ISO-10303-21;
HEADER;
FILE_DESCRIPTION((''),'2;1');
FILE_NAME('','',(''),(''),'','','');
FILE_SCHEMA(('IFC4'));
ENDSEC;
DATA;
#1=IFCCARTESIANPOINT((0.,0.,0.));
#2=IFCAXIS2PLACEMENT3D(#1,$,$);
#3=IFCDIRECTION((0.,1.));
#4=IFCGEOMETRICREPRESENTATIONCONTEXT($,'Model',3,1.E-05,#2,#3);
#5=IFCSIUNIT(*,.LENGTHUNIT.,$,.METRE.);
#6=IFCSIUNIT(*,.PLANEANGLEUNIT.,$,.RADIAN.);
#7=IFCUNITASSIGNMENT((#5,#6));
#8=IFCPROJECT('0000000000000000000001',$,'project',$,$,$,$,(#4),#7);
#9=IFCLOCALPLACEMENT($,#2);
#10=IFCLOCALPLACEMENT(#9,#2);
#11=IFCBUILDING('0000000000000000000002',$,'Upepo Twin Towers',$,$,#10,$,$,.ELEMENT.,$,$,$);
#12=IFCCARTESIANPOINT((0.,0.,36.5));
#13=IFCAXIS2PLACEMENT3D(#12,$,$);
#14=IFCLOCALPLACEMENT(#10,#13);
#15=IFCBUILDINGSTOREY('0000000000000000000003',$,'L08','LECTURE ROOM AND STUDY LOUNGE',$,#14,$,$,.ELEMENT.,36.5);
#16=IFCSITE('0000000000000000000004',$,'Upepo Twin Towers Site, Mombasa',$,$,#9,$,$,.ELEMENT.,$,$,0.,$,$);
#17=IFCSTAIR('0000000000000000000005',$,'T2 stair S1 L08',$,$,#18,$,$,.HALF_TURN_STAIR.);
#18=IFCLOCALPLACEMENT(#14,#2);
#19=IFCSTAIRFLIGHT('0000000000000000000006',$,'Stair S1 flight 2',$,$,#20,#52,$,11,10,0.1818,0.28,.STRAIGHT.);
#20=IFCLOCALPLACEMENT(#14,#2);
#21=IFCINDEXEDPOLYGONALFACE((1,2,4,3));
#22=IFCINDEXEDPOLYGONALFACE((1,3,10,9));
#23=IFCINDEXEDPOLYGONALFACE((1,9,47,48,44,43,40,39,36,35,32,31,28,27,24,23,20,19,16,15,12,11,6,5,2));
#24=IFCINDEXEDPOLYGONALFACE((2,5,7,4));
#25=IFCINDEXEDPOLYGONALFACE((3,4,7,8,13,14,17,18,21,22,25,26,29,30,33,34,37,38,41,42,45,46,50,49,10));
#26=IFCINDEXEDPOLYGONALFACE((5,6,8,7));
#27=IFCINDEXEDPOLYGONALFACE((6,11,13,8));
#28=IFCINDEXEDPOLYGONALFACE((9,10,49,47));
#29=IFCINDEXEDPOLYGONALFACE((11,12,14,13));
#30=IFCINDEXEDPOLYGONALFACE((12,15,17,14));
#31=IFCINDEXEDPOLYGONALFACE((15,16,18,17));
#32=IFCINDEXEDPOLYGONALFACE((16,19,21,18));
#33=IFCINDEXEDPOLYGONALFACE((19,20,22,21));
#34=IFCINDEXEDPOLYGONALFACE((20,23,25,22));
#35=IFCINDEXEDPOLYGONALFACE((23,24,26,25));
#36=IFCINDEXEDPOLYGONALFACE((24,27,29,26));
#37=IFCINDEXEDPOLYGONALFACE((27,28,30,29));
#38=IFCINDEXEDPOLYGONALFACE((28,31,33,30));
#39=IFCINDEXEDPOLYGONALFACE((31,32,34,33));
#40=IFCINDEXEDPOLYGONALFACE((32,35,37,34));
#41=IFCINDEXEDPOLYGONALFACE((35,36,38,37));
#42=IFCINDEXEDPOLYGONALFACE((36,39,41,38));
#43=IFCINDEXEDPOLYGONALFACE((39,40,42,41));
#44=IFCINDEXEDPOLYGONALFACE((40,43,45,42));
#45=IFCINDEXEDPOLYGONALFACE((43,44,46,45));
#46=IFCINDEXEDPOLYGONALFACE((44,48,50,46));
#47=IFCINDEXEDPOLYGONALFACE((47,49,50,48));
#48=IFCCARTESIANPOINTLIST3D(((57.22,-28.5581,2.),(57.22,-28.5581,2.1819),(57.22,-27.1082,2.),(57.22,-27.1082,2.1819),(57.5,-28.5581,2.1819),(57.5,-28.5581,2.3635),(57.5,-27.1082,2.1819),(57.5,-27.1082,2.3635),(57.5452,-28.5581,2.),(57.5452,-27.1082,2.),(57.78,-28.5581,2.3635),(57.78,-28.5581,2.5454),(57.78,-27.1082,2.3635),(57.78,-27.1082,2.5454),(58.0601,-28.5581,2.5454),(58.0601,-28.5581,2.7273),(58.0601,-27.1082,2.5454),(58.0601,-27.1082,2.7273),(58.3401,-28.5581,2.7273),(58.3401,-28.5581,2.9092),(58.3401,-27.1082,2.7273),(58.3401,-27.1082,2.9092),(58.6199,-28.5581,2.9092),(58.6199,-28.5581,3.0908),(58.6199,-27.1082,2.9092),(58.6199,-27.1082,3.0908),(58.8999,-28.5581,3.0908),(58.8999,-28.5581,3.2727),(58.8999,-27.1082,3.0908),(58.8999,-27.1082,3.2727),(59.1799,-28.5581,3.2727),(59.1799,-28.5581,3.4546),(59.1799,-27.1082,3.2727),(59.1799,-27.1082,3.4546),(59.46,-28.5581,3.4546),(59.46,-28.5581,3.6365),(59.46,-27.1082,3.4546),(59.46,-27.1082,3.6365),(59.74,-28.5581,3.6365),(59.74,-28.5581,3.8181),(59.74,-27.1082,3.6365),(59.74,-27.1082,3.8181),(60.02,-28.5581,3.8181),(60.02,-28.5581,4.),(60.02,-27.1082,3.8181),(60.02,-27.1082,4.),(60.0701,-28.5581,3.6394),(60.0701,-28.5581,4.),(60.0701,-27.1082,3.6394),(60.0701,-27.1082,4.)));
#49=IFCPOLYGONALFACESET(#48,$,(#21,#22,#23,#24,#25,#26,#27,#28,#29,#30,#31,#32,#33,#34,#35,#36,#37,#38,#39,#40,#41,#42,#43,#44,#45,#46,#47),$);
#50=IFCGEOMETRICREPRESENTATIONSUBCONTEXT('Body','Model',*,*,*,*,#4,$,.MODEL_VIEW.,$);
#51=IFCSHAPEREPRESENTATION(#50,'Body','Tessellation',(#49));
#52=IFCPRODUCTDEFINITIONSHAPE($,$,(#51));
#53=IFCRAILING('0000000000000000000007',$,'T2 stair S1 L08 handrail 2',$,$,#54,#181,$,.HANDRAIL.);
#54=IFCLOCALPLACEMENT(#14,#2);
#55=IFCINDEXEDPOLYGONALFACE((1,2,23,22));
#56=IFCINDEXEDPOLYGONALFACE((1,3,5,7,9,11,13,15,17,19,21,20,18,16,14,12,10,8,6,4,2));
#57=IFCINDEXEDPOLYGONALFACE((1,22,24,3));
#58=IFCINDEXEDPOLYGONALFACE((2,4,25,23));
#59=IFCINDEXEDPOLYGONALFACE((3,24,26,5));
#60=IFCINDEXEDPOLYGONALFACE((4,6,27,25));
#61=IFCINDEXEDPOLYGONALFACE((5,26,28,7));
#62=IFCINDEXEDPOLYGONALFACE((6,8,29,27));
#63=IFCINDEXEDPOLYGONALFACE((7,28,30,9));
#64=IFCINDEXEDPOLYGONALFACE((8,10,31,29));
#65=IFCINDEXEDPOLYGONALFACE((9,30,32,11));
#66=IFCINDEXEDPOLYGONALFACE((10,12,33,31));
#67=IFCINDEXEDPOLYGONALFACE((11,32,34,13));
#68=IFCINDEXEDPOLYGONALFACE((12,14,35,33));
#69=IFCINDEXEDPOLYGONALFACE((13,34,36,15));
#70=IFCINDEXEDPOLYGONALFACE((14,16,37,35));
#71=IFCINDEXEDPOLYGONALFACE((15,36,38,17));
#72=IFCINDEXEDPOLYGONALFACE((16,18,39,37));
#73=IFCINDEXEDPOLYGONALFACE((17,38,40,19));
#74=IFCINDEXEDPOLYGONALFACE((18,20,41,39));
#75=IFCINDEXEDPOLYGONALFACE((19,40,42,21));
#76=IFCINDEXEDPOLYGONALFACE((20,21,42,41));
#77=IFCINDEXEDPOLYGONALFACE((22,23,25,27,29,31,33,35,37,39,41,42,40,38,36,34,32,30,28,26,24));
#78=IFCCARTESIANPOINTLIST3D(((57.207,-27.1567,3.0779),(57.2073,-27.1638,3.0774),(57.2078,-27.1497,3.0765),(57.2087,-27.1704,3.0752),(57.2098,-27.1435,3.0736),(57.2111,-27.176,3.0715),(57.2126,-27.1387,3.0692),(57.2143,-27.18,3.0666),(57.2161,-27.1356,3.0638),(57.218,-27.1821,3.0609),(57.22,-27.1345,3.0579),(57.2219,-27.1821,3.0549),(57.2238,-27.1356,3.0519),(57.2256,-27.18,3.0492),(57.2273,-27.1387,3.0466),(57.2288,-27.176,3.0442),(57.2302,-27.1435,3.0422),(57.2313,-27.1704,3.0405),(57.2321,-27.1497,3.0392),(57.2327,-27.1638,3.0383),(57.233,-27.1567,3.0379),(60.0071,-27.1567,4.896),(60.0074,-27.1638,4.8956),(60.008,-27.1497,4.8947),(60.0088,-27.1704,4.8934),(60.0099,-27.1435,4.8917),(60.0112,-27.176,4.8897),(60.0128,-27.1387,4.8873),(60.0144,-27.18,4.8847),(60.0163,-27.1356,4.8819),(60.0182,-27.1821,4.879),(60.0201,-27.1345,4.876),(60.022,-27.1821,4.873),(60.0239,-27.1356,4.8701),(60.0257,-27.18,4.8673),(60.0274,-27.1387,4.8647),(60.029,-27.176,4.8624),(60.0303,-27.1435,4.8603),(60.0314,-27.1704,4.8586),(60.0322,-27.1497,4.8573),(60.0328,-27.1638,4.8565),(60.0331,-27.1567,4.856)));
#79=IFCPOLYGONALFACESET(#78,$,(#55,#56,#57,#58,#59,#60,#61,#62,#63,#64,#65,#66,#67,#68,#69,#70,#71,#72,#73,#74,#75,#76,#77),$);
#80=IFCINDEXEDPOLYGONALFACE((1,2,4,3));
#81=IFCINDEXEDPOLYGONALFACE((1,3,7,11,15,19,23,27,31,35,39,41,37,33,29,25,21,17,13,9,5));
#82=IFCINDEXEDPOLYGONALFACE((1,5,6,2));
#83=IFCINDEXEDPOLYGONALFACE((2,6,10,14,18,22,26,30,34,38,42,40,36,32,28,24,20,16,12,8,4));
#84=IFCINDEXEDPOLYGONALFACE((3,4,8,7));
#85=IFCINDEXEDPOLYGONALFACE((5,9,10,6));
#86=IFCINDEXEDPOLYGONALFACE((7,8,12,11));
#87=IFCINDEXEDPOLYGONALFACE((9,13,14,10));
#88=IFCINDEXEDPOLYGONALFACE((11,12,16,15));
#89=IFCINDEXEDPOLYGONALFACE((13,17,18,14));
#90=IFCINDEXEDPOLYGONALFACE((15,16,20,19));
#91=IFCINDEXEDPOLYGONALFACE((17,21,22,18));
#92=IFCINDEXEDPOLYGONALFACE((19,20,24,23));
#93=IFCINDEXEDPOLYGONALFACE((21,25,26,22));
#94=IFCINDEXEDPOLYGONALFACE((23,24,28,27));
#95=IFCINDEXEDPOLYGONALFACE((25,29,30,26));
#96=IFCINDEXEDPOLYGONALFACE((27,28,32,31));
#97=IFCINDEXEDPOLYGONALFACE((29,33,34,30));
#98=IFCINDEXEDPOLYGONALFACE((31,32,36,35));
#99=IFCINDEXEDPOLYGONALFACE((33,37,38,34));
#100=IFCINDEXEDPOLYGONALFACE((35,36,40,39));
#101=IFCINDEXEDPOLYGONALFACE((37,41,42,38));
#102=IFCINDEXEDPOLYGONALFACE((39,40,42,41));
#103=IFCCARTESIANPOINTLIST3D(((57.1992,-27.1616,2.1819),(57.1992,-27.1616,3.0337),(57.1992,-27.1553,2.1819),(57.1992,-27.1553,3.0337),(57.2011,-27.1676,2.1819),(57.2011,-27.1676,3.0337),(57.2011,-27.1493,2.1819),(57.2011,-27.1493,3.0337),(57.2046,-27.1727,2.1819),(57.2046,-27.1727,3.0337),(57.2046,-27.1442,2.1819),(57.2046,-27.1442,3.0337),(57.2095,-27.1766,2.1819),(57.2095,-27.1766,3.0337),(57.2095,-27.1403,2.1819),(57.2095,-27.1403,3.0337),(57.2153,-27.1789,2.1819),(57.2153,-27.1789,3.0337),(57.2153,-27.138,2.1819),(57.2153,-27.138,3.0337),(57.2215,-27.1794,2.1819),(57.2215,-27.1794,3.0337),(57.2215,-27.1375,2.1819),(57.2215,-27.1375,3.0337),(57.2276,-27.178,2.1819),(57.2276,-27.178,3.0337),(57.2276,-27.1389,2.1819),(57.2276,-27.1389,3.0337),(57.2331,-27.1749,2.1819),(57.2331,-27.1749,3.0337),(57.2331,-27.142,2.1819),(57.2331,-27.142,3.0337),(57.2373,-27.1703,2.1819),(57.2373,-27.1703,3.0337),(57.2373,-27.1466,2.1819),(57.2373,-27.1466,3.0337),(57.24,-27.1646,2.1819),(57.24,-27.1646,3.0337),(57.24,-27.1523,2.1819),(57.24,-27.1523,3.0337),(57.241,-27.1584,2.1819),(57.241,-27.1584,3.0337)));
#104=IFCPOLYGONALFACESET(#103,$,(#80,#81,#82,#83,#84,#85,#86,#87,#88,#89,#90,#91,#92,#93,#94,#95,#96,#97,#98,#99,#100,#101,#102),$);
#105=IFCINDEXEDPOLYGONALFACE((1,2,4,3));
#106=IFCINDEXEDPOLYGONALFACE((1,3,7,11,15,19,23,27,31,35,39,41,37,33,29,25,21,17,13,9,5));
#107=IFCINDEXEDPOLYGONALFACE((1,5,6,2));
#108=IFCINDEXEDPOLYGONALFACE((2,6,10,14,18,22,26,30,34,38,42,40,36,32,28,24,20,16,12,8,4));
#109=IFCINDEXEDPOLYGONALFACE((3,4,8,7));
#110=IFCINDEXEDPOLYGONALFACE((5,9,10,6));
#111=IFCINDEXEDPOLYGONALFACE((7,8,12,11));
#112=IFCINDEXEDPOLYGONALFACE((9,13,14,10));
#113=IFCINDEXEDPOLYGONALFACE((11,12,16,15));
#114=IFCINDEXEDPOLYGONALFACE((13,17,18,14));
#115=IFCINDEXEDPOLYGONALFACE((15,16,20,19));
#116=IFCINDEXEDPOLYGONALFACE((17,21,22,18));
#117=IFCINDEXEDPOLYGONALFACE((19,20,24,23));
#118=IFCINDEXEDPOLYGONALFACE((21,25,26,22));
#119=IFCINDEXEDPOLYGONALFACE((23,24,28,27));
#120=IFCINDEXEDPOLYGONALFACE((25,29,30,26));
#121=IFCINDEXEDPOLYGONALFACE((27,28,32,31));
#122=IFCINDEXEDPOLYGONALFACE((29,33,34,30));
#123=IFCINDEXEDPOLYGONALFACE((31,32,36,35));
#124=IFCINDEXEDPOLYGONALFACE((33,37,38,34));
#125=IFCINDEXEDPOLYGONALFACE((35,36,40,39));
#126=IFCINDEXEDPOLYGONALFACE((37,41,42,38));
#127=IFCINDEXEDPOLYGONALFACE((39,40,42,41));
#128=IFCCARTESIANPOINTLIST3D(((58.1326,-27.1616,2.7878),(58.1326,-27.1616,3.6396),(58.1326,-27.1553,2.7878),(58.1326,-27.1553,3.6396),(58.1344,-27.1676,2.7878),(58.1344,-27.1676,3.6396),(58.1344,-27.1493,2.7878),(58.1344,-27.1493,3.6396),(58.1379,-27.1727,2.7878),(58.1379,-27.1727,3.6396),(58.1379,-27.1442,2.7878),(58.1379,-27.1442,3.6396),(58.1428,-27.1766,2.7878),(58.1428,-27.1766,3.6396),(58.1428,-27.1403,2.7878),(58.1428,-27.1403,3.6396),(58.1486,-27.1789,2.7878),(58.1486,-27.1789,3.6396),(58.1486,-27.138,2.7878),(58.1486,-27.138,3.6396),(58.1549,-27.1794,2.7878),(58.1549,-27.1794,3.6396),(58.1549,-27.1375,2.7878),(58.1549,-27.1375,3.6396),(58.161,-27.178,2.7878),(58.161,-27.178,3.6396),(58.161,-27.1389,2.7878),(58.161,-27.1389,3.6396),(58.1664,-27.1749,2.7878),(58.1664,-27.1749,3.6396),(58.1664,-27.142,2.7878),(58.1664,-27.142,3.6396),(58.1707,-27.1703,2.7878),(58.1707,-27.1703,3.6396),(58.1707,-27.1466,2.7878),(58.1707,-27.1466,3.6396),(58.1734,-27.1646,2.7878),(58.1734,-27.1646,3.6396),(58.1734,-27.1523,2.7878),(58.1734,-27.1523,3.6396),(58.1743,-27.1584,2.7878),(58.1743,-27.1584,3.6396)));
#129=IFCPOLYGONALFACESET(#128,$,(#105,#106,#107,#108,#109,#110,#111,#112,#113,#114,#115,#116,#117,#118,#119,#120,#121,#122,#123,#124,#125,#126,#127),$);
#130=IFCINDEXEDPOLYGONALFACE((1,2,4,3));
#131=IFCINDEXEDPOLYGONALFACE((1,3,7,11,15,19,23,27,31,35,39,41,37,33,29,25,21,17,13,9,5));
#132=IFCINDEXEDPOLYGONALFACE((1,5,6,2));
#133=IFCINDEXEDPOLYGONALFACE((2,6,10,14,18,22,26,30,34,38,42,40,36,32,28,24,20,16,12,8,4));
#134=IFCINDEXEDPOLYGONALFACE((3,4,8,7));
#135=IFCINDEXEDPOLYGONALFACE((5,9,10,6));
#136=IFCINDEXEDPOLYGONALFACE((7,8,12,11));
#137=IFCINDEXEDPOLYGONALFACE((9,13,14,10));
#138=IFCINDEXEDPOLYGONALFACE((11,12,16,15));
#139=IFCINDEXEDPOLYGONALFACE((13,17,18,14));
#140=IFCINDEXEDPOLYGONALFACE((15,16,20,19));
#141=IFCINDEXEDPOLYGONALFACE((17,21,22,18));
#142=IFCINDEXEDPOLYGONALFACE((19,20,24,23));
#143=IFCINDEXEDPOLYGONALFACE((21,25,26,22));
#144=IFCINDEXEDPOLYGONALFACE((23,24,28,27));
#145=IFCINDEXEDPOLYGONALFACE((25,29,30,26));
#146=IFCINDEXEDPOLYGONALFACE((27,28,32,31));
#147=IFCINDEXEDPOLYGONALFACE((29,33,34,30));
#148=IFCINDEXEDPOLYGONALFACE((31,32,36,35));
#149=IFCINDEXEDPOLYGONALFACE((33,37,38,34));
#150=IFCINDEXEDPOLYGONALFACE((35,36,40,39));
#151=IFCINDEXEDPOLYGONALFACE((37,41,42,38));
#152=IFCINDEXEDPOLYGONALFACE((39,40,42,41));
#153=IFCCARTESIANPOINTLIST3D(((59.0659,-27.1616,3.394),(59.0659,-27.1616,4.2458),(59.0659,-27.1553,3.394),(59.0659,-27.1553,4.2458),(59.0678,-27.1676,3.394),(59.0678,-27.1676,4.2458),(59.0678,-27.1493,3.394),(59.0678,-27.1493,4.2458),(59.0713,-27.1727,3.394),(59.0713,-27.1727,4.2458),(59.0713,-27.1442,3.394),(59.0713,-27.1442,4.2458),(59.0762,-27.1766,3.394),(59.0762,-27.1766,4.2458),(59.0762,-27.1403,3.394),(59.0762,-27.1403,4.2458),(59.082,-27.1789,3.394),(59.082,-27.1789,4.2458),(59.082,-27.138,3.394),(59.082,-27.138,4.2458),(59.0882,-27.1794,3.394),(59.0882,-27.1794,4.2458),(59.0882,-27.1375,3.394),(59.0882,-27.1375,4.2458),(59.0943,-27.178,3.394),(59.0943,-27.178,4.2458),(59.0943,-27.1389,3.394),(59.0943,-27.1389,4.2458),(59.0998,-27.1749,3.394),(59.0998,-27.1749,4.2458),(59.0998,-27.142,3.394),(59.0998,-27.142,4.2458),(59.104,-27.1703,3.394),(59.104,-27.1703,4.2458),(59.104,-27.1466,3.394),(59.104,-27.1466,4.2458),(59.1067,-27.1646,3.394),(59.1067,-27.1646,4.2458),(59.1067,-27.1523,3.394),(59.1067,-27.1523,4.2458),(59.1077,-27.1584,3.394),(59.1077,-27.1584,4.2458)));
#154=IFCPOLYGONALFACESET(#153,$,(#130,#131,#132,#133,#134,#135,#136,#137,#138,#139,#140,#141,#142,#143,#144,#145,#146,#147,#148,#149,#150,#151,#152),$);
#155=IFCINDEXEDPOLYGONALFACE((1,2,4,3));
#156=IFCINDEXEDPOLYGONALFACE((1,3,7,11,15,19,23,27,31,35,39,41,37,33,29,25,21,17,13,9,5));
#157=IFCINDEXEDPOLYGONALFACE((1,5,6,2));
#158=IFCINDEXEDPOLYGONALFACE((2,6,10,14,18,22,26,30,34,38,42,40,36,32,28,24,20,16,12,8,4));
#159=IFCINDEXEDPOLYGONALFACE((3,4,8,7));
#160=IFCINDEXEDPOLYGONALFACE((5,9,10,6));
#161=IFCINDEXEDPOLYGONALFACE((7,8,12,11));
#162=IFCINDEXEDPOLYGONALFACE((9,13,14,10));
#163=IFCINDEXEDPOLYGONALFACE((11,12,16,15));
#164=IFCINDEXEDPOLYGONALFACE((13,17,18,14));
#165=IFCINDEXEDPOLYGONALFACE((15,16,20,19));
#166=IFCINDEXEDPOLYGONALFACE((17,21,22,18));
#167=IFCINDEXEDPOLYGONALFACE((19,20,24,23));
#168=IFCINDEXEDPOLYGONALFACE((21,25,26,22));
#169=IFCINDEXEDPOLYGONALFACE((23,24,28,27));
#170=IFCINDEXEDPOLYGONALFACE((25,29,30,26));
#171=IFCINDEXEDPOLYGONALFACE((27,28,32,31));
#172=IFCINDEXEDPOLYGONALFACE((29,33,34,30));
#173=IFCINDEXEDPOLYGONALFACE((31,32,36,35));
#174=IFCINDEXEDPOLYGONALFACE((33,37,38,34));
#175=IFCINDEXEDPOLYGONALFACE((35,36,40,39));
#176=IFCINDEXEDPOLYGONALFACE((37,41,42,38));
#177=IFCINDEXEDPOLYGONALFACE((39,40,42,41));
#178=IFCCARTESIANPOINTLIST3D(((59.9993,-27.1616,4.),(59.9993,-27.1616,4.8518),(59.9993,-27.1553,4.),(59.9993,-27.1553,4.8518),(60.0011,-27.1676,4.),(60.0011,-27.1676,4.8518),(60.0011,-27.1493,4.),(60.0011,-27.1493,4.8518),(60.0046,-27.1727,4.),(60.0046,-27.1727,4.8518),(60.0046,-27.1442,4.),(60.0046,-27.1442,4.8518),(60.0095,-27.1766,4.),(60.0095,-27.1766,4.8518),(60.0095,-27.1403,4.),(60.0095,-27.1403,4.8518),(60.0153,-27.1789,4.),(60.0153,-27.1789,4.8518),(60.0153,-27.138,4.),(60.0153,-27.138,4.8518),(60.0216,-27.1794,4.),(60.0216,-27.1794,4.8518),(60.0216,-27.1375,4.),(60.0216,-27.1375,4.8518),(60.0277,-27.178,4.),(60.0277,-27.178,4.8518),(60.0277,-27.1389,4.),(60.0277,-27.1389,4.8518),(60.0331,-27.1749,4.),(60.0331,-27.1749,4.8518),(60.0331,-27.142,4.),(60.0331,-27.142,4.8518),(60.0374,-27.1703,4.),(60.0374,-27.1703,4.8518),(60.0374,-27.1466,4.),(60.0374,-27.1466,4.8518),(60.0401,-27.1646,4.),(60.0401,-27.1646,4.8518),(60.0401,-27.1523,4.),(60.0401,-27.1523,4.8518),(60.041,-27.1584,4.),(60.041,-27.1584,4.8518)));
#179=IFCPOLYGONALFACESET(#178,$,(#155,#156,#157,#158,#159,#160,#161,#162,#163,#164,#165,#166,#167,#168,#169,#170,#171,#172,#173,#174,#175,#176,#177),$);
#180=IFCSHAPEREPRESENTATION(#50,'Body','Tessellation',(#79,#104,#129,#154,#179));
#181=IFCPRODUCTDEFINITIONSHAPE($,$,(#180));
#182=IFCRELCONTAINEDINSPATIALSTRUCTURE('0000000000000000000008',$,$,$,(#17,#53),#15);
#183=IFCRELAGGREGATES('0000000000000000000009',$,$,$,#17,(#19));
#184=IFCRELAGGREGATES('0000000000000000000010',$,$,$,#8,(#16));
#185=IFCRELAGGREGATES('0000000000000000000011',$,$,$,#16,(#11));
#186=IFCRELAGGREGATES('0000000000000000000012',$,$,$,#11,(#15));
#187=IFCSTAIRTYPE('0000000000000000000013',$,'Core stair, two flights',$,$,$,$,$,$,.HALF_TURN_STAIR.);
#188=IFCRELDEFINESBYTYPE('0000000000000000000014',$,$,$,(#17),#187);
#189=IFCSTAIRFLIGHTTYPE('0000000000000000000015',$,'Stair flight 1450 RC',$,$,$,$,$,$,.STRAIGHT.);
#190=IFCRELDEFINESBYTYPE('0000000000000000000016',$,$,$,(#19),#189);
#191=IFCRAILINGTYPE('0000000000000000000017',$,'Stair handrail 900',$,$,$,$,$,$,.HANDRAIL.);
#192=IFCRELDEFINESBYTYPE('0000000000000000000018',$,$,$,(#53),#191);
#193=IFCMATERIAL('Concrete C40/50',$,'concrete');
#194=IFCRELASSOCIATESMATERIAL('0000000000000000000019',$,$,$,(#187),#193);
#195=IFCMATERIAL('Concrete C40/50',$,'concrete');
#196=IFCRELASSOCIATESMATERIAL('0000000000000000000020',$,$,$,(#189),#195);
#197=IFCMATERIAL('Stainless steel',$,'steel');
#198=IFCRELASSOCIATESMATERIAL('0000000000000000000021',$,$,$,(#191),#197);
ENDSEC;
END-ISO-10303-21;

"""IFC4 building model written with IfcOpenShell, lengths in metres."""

from ifc_helpers import new_model, si_unit, direction, frame, origin, origin_2d, place, context, subcontext, project, spatial, polyline, circle, outline, extrude, material, type_object, element, aggregate, save


model = new_model("IFC4")

# Units and contexts
model_context = context("Model", 3, precision=1e-05, world=origin(), true_north=direction((0.0, 1.0)))
body_context = subcontext(model_context, "Body", "Model", "MODEL_VIEW")
ifc_project = project(units=[si_unit("LENGTHUNIT", "METRE"), si_unit("PLANEANGLEUNIT", "RADIAN")], contexts=[model_context])

# Site, building, storey
site_placement = place(None, origin())
site = spatial("IfcSite", under=ifc_project, at=site_placement, Name="Upepo Twin Towers Site, Mombasa", CompositionType="ELEMENT", RefElevation=0.0)
building_placement = place(site_placement, origin())
building = spatial("IfcBuilding", under=site, at=building_placement, Name="Upepo Twin Towers", CompositionType="ELEMENT")
storey_placement = place(building_placement, frame((0.0, 0.0, 36.5)))
storey = spatial("IfcBuildingStorey", under=building, at=storey_placement, Name="L08", Description="LECTURE ROOM AND STUDY LOUNGE", CompositionType="ELEMENT", Elevation=36.5)

# Stair, stair flight
ifc_material_1 = material(Name="Concrete C40/50", Category="concrete")
stair_type = type_object("IfcStairType", Name="Core stair, two flights", PredefinedType="HALF_TURN_STAIR", material=ifc_material_1)
stair_placement = place(storey_placement, origin())
stair = element("IfcStair", 1, at=stair_placement, inside=storey, type_object=stair_type, Name="T2 stair S1 L08", PredefinedType="HALF_TURN_STAIR")
ifc_material_2 = material(Name="Concrete C40/50", Category="concrete")
stair_flight_type = type_object("IfcStairFlightType", Name="Stair flight 1450 RC", PredefinedType="STRAIGHT", material=ifc_material_2)
stair_flight_placement = place(storey_placement, frame((57.22, -27.8333, 2.0), z_axis=(0.0, 0.0, 1.0), x_axis=(1.0, 0.0, 0.0)))
stair_flight = element("IfcStairFlight", 2, at=stair_flight_placement, type_object=stair_flight_type, Name="Stair S1 flight 2", NumberOfRisers=11, NumberOfTreads=10, PredefinedType="STRAIGHT", RiserHeight=0.1818, TreadLength=0.28, context=body_context, shape_type="SweptSolid", body=[
    extrude(outline(polyline([(0.0, 0.0), (0.0, 0.1819), (0.28, 0.1819), (0.28, 0.3635), (0.5601, 0.3635), (0.5601, 0.5454), (0.8401, 0.5454), (0.8401, 0.7273), (1.1201, 0.7273), (1.1201, 0.9092), (1.3999, 0.9092), (1.3999, 1.0908), (1.6799, 1.0908), (1.6799, 1.2727), (1.96, 1.2727), (1.96, 1.4546), (2.24, 1.4546), (2.24, 1.6365), (2.52, 1.6365), (2.52, 1.8181), (2.8, 1.8181), (2.8, 2.0), (2.8501, 2.0), (2.8501, 1.6394), (0.3252, 0.0), (0.0, 0.0)])), frame((0.0, 0.7251, 0.0), z_axis=(0.0, -1.0, 0.0), x_axis=(1.0, 0.0, 0.0)), (0.0, 0.0, 1.0), 1.45),
])
aggregate(stair, [stair_flight])

# Railing
ifc_material_3 = material(Name="Stainless steel", Category="steel")
railing_type = type_object("IfcRailingType", Name="Stair handrail 900", PredefinedType="HANDRAIL", material=ifc_material_3)
railing_placement = place(storey_placement, frame((57.22, -27.1584, 2.1819)))
element("IfcRailing", 3, at=railing_placement, inside=storey, type_object=railing_type, Name="T2 stair S1 L08 handrail 2", PredefinedType="HANDRAIL", context=body_context, shape_type="SweptSolid", body=[
    extrude(circle(Radius=0.0239, at=origin_2d()), frame((0.0, 0.0, 0.876), z_axis=(0.838706, 0.0, 0.544585), x_axis=(0.0, 1.0, 0.0)), (0.0, 0.0, 1.0), 3.3386),
    extrude(circle(Radius=0.021, at=origin_2d()), origin(), (0.0, 0.0, 1.0), 0.8518),
    extrude(circle(Radius=0.021, at=origin_2d()), frame((0.9333, 0.0, 0.606)), (0.0, 0.0, 1.0), 0.8518),
    extrude(circle(Radius=0.021, at=origin_2d()), frame((1.8667, 0.0, 1.2122)), (0.0, 0.0, 1.0), 0.8518),
    extrude(circle(Radius=0.021, at=origin_2d()), frame((2.8, 0.0, 1.8181)), (0.0, 0.0, 1.0), 0.8518),
])

save(model, "model.ifc")
